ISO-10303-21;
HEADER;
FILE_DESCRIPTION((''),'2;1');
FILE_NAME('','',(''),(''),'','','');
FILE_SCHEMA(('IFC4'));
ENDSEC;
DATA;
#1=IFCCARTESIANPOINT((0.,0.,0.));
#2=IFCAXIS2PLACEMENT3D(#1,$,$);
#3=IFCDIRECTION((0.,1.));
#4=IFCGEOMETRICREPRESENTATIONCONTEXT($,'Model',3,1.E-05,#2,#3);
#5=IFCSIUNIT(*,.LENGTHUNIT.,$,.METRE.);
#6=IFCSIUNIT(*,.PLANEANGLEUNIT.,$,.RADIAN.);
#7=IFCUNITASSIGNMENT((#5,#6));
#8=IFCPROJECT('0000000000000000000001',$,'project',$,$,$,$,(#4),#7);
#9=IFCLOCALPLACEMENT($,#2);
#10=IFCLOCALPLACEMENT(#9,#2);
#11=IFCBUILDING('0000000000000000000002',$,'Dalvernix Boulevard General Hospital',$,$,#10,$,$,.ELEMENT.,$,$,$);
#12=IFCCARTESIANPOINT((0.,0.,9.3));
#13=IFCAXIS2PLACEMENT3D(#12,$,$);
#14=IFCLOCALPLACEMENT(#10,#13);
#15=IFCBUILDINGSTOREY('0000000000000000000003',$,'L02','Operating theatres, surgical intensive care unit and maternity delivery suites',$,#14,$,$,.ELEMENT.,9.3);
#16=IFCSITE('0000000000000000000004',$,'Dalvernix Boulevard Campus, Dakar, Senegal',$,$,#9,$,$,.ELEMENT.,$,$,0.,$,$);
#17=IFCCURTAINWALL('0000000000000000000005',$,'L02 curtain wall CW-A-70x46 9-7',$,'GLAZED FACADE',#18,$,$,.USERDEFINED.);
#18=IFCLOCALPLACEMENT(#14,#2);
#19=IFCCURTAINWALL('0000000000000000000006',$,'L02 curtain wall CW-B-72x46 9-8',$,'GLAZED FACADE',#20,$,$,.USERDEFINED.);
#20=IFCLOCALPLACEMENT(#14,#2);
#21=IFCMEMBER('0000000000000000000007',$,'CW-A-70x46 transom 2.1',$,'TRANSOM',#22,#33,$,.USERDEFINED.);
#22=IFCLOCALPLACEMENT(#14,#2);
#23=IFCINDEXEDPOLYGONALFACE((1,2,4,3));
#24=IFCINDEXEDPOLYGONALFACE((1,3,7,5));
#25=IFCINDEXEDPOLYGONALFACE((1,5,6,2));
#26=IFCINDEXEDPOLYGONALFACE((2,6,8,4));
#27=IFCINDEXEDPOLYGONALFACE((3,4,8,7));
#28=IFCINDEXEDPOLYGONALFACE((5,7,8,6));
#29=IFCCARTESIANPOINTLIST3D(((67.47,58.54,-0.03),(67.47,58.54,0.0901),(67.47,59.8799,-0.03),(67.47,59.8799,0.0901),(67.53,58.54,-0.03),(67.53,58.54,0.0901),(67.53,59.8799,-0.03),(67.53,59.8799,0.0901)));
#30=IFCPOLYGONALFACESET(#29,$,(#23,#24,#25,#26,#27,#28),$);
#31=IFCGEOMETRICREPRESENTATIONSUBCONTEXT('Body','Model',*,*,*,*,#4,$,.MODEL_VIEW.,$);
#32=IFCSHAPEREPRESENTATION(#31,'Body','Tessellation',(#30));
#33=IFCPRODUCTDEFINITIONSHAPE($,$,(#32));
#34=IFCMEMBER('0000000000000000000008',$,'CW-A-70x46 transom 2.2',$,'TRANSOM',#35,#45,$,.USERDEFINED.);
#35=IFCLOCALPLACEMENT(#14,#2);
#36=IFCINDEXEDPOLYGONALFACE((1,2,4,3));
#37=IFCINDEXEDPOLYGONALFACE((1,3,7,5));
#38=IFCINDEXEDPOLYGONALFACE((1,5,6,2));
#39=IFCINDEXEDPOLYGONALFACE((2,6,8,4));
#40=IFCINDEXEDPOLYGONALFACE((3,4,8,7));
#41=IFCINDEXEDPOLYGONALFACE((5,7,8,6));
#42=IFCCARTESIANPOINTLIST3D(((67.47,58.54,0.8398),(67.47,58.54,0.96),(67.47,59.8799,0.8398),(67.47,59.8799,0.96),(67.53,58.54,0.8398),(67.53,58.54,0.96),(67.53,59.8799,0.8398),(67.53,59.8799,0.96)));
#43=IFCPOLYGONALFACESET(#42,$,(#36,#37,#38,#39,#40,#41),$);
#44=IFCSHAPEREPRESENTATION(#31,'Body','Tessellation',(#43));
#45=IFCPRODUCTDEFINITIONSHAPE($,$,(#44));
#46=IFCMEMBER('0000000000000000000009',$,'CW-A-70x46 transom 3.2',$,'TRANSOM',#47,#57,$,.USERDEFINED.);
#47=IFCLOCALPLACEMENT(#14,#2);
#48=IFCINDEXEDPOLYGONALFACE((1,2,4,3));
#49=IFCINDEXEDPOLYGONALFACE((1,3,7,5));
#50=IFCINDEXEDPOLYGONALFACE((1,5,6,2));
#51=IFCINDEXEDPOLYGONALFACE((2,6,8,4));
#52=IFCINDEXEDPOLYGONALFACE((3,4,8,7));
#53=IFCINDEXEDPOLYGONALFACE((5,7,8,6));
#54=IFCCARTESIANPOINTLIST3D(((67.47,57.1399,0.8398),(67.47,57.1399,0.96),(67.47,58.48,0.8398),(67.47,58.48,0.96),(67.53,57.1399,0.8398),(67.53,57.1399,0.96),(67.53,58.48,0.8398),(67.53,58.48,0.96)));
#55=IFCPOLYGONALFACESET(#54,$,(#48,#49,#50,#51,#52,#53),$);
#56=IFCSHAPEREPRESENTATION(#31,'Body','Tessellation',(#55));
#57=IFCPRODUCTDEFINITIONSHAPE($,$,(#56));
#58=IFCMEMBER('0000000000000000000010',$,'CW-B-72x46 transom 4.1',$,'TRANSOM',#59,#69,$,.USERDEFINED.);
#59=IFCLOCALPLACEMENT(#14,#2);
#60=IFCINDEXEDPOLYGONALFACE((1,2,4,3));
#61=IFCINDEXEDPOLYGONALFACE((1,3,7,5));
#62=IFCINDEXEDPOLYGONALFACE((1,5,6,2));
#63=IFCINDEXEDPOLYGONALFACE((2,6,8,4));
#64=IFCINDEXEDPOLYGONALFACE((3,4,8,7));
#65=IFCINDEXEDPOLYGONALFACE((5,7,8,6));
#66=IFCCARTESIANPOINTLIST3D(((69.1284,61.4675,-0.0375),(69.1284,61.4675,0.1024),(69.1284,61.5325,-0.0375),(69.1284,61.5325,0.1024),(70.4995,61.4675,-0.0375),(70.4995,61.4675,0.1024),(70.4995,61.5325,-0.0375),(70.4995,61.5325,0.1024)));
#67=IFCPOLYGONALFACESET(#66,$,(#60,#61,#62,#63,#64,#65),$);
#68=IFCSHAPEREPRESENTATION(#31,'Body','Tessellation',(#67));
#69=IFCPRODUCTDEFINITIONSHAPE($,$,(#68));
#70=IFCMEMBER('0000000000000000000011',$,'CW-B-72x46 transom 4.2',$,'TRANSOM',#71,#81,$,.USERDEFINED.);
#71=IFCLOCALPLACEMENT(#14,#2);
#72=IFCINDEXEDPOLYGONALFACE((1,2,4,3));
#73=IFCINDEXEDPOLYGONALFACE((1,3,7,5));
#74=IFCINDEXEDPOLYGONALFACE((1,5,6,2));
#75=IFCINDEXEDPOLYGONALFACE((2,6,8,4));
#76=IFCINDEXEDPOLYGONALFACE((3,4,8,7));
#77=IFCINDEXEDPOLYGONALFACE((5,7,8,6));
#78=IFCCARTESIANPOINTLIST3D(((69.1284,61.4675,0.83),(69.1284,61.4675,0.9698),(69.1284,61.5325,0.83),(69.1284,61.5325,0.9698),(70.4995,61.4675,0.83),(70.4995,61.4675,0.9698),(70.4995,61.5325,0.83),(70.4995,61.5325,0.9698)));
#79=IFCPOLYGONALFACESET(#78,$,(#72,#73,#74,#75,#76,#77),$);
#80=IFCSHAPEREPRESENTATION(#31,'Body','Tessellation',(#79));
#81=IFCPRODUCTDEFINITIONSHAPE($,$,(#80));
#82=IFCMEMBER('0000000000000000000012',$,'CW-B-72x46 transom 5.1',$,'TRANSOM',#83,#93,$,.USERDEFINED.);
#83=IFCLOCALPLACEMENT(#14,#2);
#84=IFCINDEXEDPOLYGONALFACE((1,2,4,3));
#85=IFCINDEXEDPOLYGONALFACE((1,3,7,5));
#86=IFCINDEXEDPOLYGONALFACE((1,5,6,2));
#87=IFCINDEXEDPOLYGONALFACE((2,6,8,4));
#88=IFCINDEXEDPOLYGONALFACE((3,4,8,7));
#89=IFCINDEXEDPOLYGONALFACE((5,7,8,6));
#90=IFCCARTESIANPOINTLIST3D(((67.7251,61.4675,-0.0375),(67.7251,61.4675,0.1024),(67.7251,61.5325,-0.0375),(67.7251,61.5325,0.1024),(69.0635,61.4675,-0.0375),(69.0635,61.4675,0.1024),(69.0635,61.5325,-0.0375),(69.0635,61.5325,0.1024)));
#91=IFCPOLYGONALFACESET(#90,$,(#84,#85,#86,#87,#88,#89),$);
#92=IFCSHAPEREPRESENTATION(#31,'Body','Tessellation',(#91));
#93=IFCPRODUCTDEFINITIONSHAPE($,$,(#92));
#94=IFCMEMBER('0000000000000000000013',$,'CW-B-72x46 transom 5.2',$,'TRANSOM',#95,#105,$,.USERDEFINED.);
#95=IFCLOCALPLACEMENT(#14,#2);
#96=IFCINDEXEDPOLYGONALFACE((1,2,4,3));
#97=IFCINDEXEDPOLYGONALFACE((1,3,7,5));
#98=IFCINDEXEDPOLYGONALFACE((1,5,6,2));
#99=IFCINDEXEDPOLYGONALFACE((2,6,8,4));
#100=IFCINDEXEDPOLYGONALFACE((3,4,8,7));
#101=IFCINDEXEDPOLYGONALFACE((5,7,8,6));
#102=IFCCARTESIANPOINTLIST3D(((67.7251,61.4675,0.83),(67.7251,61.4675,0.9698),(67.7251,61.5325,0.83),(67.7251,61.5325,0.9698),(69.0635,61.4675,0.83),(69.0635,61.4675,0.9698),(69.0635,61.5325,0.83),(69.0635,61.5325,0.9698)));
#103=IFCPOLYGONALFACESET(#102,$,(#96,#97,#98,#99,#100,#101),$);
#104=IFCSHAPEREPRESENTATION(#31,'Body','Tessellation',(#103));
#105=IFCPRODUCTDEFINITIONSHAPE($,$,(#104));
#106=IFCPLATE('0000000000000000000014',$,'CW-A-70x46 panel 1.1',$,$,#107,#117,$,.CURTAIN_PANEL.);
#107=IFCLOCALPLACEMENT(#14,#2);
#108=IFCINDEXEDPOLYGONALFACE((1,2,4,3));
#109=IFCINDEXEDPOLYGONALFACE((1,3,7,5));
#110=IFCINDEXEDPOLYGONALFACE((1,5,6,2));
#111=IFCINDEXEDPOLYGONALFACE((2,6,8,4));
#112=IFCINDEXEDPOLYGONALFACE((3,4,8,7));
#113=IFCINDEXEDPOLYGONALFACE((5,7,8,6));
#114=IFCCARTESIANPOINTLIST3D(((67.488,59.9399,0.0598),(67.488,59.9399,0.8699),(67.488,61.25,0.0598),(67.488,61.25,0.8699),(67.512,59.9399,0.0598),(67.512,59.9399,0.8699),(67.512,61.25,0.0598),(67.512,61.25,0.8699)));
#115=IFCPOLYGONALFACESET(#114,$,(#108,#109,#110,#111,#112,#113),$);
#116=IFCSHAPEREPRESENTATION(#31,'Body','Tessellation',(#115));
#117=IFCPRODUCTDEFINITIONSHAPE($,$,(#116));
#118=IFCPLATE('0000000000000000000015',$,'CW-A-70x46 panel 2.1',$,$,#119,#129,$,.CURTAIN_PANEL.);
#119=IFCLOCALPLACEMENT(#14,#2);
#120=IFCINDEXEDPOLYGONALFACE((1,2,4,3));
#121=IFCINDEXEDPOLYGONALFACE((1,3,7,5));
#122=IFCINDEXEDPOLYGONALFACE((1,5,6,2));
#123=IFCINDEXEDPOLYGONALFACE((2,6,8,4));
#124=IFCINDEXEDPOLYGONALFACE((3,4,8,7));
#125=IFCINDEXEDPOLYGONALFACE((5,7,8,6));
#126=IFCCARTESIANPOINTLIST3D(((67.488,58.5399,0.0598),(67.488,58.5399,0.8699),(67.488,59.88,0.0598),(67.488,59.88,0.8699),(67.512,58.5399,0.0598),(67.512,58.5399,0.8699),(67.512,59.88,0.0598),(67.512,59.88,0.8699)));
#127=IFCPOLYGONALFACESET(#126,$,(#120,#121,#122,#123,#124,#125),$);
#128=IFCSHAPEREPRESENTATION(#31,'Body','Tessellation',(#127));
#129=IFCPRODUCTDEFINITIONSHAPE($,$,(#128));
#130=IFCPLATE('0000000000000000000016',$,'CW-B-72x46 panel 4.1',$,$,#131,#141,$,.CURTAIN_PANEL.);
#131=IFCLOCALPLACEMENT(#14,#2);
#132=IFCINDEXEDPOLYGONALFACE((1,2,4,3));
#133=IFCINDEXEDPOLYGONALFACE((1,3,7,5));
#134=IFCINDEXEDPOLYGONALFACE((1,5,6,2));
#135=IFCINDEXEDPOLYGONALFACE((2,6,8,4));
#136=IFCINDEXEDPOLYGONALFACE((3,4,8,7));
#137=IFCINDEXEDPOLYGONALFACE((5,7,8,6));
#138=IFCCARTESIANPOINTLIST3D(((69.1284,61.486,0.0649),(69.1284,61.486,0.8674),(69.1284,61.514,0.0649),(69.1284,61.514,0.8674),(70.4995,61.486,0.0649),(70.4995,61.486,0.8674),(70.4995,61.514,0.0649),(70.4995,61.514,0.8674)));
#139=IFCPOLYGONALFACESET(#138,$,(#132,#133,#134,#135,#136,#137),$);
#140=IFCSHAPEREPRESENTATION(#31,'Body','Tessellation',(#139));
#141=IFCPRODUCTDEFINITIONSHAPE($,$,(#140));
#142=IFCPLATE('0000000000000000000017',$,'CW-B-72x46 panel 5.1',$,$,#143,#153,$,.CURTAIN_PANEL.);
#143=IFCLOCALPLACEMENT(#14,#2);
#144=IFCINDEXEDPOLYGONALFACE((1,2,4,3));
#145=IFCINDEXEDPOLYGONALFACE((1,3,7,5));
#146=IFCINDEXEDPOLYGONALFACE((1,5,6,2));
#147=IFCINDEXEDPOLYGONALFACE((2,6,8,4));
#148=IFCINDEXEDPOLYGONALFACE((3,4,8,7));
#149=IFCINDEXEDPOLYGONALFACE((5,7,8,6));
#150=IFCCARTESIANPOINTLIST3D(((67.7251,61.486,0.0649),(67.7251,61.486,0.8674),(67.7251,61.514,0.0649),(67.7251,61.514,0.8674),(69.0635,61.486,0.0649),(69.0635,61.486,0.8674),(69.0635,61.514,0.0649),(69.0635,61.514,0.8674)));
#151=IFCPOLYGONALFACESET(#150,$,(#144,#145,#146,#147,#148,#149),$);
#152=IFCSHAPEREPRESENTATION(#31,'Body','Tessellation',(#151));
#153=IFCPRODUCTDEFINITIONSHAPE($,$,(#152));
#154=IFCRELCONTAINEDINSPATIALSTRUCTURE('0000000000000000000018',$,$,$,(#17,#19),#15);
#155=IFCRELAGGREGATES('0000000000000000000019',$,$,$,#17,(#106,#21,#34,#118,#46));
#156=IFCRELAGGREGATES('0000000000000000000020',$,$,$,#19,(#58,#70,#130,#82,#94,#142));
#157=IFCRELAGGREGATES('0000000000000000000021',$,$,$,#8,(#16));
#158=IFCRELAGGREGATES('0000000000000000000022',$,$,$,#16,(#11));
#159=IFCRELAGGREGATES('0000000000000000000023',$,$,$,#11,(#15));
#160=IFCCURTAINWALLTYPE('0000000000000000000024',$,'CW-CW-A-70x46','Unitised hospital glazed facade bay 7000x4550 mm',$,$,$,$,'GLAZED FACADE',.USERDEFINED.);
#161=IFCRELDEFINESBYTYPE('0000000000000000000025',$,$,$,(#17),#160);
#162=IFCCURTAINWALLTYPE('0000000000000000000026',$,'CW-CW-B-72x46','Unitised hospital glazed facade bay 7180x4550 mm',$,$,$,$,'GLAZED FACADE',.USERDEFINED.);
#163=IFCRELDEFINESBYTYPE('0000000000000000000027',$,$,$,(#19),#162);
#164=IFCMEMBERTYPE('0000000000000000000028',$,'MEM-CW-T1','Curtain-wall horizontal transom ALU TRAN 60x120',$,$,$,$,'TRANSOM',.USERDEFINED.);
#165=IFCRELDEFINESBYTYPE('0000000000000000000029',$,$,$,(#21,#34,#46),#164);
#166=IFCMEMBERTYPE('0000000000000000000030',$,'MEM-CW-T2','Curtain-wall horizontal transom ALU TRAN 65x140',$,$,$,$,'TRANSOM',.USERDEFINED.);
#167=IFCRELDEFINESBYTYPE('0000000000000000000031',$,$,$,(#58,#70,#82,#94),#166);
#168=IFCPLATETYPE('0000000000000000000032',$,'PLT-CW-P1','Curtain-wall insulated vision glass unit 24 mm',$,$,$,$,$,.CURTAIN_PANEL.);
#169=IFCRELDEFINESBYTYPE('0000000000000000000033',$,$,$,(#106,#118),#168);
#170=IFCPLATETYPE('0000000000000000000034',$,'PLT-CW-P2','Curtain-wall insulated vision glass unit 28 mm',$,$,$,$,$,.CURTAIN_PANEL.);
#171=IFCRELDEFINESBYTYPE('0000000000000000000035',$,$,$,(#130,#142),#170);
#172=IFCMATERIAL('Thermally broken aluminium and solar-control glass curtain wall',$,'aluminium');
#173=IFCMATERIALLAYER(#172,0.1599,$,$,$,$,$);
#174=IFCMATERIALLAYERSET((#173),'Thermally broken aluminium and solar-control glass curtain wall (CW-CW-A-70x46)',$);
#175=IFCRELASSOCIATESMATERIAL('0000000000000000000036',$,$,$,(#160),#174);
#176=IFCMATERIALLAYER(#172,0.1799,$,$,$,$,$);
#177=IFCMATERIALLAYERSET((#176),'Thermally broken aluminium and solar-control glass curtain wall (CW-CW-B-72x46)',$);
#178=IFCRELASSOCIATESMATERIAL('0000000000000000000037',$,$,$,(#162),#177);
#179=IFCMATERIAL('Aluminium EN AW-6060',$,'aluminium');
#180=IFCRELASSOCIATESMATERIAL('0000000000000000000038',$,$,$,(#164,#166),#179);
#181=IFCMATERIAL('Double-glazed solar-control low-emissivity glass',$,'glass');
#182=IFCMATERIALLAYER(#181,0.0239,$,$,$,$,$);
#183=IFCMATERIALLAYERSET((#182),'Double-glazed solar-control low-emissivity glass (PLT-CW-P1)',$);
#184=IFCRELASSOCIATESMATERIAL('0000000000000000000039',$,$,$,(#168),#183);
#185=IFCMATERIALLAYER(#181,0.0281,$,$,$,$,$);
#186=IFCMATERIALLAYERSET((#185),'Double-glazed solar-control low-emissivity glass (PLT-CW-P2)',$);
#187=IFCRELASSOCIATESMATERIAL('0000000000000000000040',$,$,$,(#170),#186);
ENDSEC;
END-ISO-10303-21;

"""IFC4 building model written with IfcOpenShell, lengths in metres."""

from ifc_helpers import new_model, si_unit, direction, frame, origin, origin_2d, place, context, subcontext, project, spatial, rectangle, extrude, material, layer, layer_set, material_profile, profile_set, type_object, element, aggregate, save


model = new_model("IFC4")

# Units and contexts
model_context = context("Model", 3, precision=1e-05, world=origin(), true_north=direction((0.0, 1.0)))
body_context = subcontext(model_context, "Body", "Model", "MODEL_VIEW")
ifc_project = project(units=[si_unit("LENGTHUNIT", "METRE"), si_unit("PLANEANGLEUNIT", "RADIAN")], contexts=[model_context])

# Site, building, storey
site_placement = place(None, origin())
site = spatial("IfcSite", under=ifc_project, at=site_placement, Name="Dalvernix Boulevard Campus, Dakar, Senegal", CompositionType="ELEMENT", RefElevation=0.0)
building_placement = place(site_placement, origin())
building = spatial("IfcBuilding", under=site, at=building_placement, Name="Dalvernix Boulevard General Hospital", CompositionType="ELEMENT")
storey_placement = place(building_placement, frame((0.0, 0.0, 9.3)))
storey = spatial("IfcBuildingStorey", under=building, at=storey_placement, Name="L02", Description="Operating theatres, surgical intensive care unit and maternity delivery suites", CompositionType="ELEMENT", Elevation=9.3)

# Curtain walls
ifc_material_1 = material(Name="Thermally broken aluminium and solar-control glass curtain wall", Category="aluminium")
ifc_layer_1 = layer(ifc_material_1, 0.1599)
ifc_layer_set_1 = layer_set([ifc_layer_1], Name="Thermally broken aluminium and solar-control glass curtain wall (CW-CW-A-70x46)")
curtain_wall_type_1 = type_object("IfcCurtainWallType", Name="CW-CW-A-70x46", Description="Unitised hospital glazed facade bay 7000x4550 mm", ElementType="GLAZED FACADE", PredefinedType="USERDEFINED", material=ifc_layer_set_1)
curtain_wall_1_placement = place(storey_placement, origin())
curtain_wall_1 = element("IfcCurtainWall", 1, at=curtain_wall_1_placement, inside=storey, type_object=curtain_wall_type_1, Name="L02 curtain wall CW-A-70x46 9-7", ObjectType="GLAZED FACADE", PredefinedType="USERDEFINED")
ifc_material_2 = material(Name="Aluminium EN AW-6060", Category="aluminium")
ifc_layer_2 = layer(ifc_material_1, 0.1799)
ifc_layer_set_2 = layer_set([ifc_layer_2], Name="Thermally broken aluminium and solar-control glass curtain wall (CW-CW-B-72x46)")
curtain_wall_type_2 = type_object("IfcCurtainWallType", Name="CW-CW-B-72x46", Description="Unitised hospital glazed facade bay 7180x4550 mm", ElementType="GLAZED FACADE", PredefinedType="USERDEFINED", material=ifc_layer_set_2)
curtain_wall_2_placement = place(storey_placement, origin())
curtain_wall_2 = element("IfcCurtainWall", 2, at=curtain_wall_2_placement, inside=storey, type_object=curtain_wall_type_2, Name="L02 curtain wall CW-B-72x46 9-8", ObjectType="GLAZED FACADE", PredefinedType="USERDEFINED")

# Members
ifc_material_profile_1 = material_profile(ifc_material_2, rectangle(XDim=0.0601, YDim=0.1201, at=origin_2d()), Name="ALU TRAN 60x120")
ifc_profile_set_1 = profile_set([ifc_material_profile_1], Name="Aluminium EN AW-6060")
member_type_1 = type_object("IfcMemberType", Name="MEM-CW-T1", Description="Curtain-wall horizontal transom ALU TRAN 60x120", ElementType="TRANSOM", PredefinedType="USERDEFINED", material=ifc_profile_set_1)
member_1_placement = place(storey_placement, frame((67.5, 59.8799, 0.03), z_axis=(0.0, -1.0, 0.0), x_axis=(1.0, 0.0, 0.0)))
member_1 = element("IfcMember", 3, at=member_1_placement, type_object=member_type_1, Name="CW-A-70x46 transom 2.1", ObjectType="TRANSOM", PredefinedType="USERDEFINED", context=body_context, shape_type="SweptSolid", body=[
    extrude(rectangle(XDim=0.0601, YDim=0.1201, at=origin_2d()), origin(), (0.0, 0.0, 1.0), 1.3398),
])
member_2_placement = place(storey_placement, frame((67.5, 59.8799, 0.8999), z_axis=(0.0, -1.0, 0.0), x_axis=(1.0, 0.0, 0.0)))
member_2 = element("IfcMember", 4, at=member_2_placement, type_object=member_type_1, Name="CW-A-70x46 transom 2.2", ObjectType="TRANSOM", PredefinedType="USERDEFINED", context=body_context, shape_type="SweptSolid", body=[
    extrude(rectangle(XDim=0.0601, YDim=0.1201, at=origin_2d()), origin(), (0.0, 0.0, 1.0), 1.3398),
])
member_3_placement = place(storey_placement, frame((67.5, 58.48, 0.8999), z_axis=(0.0, -1.0, 0.0), x_axis=(1.0, 0.0, 0.0)))
member_3 = element("IfcMember", 5, at=member_3_placement, type_object=member_type_1, Name="CW-A-70x46 transom 3.2", ObjectType="TRANSOM", PredefinedType="USERDEFINED", context=body_context, shape_type="SweptSolid", body=[
    extrude(rectangle(XDim=0.0601, YDim=0.1201, at=origin_2d()), origin(), (0.0, 0.0, 1.0), 1.3401),
])
ifc_material_profile_2 = material_profile(ifc_material_2, rectangle(XDim=0.0649, YDim=0.1399, at=origin_2d()), Name="ALU TRAN 65x140")
ifc_profile_set_2 = profile_set([ifc_material_profile_2], Name="Aluminium EN AW-6060")
member_type_2 = type_object("IfcMemberType", Name="MEM-CW-T2", Description="Curtain-wall horizontal transom ALU TRAN 65x140", ElementType="TRANSOM", PredefinedType="USERDEFINED", material=ifc_profile_set_2)
member_4_placement = place(storey_placement, frame((70.4995, 61.5, 0.0325), z_axis=(-1.0, 0.0, 0.0), x_axis=(0.0, -1.0, 0.0)))
member_4 = element("IfcMember", 6, at=member_4_placement, type_object=member_type_2, Name="CW-B-72x46 transom 4.1", ObjectType="TRANSOM", PredefinedType="USERDEFINED", context=body_context, shape_type="SweptSolid", body=[
    extrude(rectangle(XDim=0.0649, YDim=0.1399, at=origin_2d()), origin(), (0.0, 0.0, 1.0), 1.3711),
])
member_5_placement = place(storey_placement, frame((70.4995, 61.5, 0.8999), z_axis=(-1.0, 0.0, 0.0), x_axis=(0.0, -1.0, 0.0)))
member_5 = element("IfcMember", 7, at=member_5_placement, type_object=member_type_2, Name="CW-B-72x46 transom 4.2", ObjectType="TRANSOM", PredefinedType="USERDEFINED", context=body_context, shape_type="SweptSolid", body=[
    extrude(rectangle(XDim=0.0649, YDim=0.1399, at=origin_2d()), origin(), (0.0, 0.0, 1.0), 1.3711),
])
member_6_placement = place(storey_placement, frame((69.0635, 61.5, 0.0325), z_axis=(-1.0, 0.0, 0.0), x_axis=(0.0, -1.0, 0.0)))
member_6 = element("IfcMember", 8, at=member_6_placement, type_object=member_type_2, Name="CW-B-72x46 transom 5.1", ObjectType="TRANSOM", PredefinedType="USERDEFINED", context=body_context, shape_type="SweptSolid", body=[
    extrude(rectangle(XDim=0.0649, YDim=0.1399, at=origin_2d()), origin(), (0.0, 0.0, 1.0), 1.3384),
])
member_7_placement = place(storey_placement, frame((69.0635, 61.5, 0.8999), z_axis=(-1.0, 0.0, 0.0), x_axis=(0.0, -1.0, 0.0)))
member_7 = element("IfcMember", 9, at=member_7_placement, type_object=member_type_2, Name="CW-B-72x46 transom 5.2", ObjectType="TRANSOM", PredefinedType="USERDEFINED", context=body_context, shape_type="SweptSolid", body=[
    extrude(rectangle(XDim=0.0649, YDim=0.1399, at=origin_2d()), origin(), (0.0, 0.0, 1.0), 1.3384),
])

# Plates
ifc_material_3 = material(Name="Double-glazed solar-control low-emissivity glass", Category="glass")
ifc_layer_3 = layer(ifc_material_3, 0.0239)
ifc_layer_set_3 = layer_set([ifc_layer_3], Name="Double-glazed solar-control low-emissivity glass (PLT-CW-P1)")
plate_type_1 = type_object("IfcPlateType", Name="PLT-CW-P1", Description="Curtain-wall insulated vision glass unit 24 mm", PredefinedType="CURTAIN_PANEL", material=ifc_layer_set_3)
plate_1_placement = place(storey_placement, frame((67.5, 60.595, 0.0598), z_axis=(0.0, 0.0, 1.0), x_axis=(0.0, -1.0, 0.0)))
plate_1 = element("IfcPlate", 10, at=plate_1_placement, type_object=plate_type_1, Name="CW-A-70x46 panel 1.1", PredefinedType="CURTAIN_PANEL", context=body_context, shape_type="SweptSolid", body=[
    extrude(rectangle(XDim=1.3101, YDim=0.0239, at=origin_2d()), origin(), (0.0, 0.0, 1.0), 0.8101),
])
plate_2_placement = place(storey_placement, frame((67.5, 59.21, 0.0598), z_axis=(0.0, 0.0, 1.0), x_axis=(0.0, -1.0, 0.0)))
plate_2 = element("IfcPlate", 11, at=plate_2_placement, type_object=plate_type_1, Name="CW-A-70x46 panel 2.1", PredefinedType="CURTAIN_PANEL", context=body_context, shape_type="SweptSolid", body=[
    extrude(rectangle(XDim=1.3401, YDim=0.0239, at=origin_2d()), origin(), (0.0, 0.0, 1.0), 0.8101),
])
aggregate(curtain_wall_1, [plate_1, member_1, member_2, plate_2, member_3])
ifc_layer_4 = layer(ifc_material_3, 0.0281)
ifc_layer_set_4 = layer_set([ifc_layer_4], Name="Double-glazed solar-control low-emissivity glass (PLT-CW-P2)")
plate_type_2 = type_object("IfcPlateType", Name="PLT-CW-P2", Description="Curtain-wall insulated vision glass unit 28 mm", PredefinedType="CURTAIN_PANEL", material=ifc_layer_set_4)
plate_3_placement = place(storey_placement, frame((69.814, 61.5, 0.0649), z_axis=(0.0, 0.0, 1.0), x_axis=(-1.0, 0.0, 0.0)))
plate_3 = element("IfcPlate", 12, at=plate_3_placement, type_object=plate_type_2, Name="CW-B-72x46 panel 4.1", PredefinedType="CURTAIN_PANEL", context=body_context, shape_type="SweptSolid", body=[
    extrude(rectangle(XDim=1.3711, YDim=0.0281, at=origin_2d()), origin(), (0.0, 0.0, 1.0), 0.8025),
])
plate_4_placement = place(storey_placement, frame((68.3943, 61.5, 0.0649), z_axis=(0.0, 0.0, 1.0), x_axis=(-1.0, 0.0, 0.0)))
plate_4 = element("IfcPlate", 13, at=plate_4_placement, type_object=plate_type_2, Name="CW-B-72x46 panel 5.1", PredefinedType="CURTAIN_PANEL", context=body_context, shape_type="SweptSolid", body=[
    extrude(rectangle(XDim=1.3384, YDim=0.0281, at=origin_2d()), origin(), (0.0, 0.0, 1.0), 0.8025),
])
aggregate(curtain_wall_2, [member_4, member_5, plate_3, member_6, member_7, plate_4])

save(model, "model.ifc")
